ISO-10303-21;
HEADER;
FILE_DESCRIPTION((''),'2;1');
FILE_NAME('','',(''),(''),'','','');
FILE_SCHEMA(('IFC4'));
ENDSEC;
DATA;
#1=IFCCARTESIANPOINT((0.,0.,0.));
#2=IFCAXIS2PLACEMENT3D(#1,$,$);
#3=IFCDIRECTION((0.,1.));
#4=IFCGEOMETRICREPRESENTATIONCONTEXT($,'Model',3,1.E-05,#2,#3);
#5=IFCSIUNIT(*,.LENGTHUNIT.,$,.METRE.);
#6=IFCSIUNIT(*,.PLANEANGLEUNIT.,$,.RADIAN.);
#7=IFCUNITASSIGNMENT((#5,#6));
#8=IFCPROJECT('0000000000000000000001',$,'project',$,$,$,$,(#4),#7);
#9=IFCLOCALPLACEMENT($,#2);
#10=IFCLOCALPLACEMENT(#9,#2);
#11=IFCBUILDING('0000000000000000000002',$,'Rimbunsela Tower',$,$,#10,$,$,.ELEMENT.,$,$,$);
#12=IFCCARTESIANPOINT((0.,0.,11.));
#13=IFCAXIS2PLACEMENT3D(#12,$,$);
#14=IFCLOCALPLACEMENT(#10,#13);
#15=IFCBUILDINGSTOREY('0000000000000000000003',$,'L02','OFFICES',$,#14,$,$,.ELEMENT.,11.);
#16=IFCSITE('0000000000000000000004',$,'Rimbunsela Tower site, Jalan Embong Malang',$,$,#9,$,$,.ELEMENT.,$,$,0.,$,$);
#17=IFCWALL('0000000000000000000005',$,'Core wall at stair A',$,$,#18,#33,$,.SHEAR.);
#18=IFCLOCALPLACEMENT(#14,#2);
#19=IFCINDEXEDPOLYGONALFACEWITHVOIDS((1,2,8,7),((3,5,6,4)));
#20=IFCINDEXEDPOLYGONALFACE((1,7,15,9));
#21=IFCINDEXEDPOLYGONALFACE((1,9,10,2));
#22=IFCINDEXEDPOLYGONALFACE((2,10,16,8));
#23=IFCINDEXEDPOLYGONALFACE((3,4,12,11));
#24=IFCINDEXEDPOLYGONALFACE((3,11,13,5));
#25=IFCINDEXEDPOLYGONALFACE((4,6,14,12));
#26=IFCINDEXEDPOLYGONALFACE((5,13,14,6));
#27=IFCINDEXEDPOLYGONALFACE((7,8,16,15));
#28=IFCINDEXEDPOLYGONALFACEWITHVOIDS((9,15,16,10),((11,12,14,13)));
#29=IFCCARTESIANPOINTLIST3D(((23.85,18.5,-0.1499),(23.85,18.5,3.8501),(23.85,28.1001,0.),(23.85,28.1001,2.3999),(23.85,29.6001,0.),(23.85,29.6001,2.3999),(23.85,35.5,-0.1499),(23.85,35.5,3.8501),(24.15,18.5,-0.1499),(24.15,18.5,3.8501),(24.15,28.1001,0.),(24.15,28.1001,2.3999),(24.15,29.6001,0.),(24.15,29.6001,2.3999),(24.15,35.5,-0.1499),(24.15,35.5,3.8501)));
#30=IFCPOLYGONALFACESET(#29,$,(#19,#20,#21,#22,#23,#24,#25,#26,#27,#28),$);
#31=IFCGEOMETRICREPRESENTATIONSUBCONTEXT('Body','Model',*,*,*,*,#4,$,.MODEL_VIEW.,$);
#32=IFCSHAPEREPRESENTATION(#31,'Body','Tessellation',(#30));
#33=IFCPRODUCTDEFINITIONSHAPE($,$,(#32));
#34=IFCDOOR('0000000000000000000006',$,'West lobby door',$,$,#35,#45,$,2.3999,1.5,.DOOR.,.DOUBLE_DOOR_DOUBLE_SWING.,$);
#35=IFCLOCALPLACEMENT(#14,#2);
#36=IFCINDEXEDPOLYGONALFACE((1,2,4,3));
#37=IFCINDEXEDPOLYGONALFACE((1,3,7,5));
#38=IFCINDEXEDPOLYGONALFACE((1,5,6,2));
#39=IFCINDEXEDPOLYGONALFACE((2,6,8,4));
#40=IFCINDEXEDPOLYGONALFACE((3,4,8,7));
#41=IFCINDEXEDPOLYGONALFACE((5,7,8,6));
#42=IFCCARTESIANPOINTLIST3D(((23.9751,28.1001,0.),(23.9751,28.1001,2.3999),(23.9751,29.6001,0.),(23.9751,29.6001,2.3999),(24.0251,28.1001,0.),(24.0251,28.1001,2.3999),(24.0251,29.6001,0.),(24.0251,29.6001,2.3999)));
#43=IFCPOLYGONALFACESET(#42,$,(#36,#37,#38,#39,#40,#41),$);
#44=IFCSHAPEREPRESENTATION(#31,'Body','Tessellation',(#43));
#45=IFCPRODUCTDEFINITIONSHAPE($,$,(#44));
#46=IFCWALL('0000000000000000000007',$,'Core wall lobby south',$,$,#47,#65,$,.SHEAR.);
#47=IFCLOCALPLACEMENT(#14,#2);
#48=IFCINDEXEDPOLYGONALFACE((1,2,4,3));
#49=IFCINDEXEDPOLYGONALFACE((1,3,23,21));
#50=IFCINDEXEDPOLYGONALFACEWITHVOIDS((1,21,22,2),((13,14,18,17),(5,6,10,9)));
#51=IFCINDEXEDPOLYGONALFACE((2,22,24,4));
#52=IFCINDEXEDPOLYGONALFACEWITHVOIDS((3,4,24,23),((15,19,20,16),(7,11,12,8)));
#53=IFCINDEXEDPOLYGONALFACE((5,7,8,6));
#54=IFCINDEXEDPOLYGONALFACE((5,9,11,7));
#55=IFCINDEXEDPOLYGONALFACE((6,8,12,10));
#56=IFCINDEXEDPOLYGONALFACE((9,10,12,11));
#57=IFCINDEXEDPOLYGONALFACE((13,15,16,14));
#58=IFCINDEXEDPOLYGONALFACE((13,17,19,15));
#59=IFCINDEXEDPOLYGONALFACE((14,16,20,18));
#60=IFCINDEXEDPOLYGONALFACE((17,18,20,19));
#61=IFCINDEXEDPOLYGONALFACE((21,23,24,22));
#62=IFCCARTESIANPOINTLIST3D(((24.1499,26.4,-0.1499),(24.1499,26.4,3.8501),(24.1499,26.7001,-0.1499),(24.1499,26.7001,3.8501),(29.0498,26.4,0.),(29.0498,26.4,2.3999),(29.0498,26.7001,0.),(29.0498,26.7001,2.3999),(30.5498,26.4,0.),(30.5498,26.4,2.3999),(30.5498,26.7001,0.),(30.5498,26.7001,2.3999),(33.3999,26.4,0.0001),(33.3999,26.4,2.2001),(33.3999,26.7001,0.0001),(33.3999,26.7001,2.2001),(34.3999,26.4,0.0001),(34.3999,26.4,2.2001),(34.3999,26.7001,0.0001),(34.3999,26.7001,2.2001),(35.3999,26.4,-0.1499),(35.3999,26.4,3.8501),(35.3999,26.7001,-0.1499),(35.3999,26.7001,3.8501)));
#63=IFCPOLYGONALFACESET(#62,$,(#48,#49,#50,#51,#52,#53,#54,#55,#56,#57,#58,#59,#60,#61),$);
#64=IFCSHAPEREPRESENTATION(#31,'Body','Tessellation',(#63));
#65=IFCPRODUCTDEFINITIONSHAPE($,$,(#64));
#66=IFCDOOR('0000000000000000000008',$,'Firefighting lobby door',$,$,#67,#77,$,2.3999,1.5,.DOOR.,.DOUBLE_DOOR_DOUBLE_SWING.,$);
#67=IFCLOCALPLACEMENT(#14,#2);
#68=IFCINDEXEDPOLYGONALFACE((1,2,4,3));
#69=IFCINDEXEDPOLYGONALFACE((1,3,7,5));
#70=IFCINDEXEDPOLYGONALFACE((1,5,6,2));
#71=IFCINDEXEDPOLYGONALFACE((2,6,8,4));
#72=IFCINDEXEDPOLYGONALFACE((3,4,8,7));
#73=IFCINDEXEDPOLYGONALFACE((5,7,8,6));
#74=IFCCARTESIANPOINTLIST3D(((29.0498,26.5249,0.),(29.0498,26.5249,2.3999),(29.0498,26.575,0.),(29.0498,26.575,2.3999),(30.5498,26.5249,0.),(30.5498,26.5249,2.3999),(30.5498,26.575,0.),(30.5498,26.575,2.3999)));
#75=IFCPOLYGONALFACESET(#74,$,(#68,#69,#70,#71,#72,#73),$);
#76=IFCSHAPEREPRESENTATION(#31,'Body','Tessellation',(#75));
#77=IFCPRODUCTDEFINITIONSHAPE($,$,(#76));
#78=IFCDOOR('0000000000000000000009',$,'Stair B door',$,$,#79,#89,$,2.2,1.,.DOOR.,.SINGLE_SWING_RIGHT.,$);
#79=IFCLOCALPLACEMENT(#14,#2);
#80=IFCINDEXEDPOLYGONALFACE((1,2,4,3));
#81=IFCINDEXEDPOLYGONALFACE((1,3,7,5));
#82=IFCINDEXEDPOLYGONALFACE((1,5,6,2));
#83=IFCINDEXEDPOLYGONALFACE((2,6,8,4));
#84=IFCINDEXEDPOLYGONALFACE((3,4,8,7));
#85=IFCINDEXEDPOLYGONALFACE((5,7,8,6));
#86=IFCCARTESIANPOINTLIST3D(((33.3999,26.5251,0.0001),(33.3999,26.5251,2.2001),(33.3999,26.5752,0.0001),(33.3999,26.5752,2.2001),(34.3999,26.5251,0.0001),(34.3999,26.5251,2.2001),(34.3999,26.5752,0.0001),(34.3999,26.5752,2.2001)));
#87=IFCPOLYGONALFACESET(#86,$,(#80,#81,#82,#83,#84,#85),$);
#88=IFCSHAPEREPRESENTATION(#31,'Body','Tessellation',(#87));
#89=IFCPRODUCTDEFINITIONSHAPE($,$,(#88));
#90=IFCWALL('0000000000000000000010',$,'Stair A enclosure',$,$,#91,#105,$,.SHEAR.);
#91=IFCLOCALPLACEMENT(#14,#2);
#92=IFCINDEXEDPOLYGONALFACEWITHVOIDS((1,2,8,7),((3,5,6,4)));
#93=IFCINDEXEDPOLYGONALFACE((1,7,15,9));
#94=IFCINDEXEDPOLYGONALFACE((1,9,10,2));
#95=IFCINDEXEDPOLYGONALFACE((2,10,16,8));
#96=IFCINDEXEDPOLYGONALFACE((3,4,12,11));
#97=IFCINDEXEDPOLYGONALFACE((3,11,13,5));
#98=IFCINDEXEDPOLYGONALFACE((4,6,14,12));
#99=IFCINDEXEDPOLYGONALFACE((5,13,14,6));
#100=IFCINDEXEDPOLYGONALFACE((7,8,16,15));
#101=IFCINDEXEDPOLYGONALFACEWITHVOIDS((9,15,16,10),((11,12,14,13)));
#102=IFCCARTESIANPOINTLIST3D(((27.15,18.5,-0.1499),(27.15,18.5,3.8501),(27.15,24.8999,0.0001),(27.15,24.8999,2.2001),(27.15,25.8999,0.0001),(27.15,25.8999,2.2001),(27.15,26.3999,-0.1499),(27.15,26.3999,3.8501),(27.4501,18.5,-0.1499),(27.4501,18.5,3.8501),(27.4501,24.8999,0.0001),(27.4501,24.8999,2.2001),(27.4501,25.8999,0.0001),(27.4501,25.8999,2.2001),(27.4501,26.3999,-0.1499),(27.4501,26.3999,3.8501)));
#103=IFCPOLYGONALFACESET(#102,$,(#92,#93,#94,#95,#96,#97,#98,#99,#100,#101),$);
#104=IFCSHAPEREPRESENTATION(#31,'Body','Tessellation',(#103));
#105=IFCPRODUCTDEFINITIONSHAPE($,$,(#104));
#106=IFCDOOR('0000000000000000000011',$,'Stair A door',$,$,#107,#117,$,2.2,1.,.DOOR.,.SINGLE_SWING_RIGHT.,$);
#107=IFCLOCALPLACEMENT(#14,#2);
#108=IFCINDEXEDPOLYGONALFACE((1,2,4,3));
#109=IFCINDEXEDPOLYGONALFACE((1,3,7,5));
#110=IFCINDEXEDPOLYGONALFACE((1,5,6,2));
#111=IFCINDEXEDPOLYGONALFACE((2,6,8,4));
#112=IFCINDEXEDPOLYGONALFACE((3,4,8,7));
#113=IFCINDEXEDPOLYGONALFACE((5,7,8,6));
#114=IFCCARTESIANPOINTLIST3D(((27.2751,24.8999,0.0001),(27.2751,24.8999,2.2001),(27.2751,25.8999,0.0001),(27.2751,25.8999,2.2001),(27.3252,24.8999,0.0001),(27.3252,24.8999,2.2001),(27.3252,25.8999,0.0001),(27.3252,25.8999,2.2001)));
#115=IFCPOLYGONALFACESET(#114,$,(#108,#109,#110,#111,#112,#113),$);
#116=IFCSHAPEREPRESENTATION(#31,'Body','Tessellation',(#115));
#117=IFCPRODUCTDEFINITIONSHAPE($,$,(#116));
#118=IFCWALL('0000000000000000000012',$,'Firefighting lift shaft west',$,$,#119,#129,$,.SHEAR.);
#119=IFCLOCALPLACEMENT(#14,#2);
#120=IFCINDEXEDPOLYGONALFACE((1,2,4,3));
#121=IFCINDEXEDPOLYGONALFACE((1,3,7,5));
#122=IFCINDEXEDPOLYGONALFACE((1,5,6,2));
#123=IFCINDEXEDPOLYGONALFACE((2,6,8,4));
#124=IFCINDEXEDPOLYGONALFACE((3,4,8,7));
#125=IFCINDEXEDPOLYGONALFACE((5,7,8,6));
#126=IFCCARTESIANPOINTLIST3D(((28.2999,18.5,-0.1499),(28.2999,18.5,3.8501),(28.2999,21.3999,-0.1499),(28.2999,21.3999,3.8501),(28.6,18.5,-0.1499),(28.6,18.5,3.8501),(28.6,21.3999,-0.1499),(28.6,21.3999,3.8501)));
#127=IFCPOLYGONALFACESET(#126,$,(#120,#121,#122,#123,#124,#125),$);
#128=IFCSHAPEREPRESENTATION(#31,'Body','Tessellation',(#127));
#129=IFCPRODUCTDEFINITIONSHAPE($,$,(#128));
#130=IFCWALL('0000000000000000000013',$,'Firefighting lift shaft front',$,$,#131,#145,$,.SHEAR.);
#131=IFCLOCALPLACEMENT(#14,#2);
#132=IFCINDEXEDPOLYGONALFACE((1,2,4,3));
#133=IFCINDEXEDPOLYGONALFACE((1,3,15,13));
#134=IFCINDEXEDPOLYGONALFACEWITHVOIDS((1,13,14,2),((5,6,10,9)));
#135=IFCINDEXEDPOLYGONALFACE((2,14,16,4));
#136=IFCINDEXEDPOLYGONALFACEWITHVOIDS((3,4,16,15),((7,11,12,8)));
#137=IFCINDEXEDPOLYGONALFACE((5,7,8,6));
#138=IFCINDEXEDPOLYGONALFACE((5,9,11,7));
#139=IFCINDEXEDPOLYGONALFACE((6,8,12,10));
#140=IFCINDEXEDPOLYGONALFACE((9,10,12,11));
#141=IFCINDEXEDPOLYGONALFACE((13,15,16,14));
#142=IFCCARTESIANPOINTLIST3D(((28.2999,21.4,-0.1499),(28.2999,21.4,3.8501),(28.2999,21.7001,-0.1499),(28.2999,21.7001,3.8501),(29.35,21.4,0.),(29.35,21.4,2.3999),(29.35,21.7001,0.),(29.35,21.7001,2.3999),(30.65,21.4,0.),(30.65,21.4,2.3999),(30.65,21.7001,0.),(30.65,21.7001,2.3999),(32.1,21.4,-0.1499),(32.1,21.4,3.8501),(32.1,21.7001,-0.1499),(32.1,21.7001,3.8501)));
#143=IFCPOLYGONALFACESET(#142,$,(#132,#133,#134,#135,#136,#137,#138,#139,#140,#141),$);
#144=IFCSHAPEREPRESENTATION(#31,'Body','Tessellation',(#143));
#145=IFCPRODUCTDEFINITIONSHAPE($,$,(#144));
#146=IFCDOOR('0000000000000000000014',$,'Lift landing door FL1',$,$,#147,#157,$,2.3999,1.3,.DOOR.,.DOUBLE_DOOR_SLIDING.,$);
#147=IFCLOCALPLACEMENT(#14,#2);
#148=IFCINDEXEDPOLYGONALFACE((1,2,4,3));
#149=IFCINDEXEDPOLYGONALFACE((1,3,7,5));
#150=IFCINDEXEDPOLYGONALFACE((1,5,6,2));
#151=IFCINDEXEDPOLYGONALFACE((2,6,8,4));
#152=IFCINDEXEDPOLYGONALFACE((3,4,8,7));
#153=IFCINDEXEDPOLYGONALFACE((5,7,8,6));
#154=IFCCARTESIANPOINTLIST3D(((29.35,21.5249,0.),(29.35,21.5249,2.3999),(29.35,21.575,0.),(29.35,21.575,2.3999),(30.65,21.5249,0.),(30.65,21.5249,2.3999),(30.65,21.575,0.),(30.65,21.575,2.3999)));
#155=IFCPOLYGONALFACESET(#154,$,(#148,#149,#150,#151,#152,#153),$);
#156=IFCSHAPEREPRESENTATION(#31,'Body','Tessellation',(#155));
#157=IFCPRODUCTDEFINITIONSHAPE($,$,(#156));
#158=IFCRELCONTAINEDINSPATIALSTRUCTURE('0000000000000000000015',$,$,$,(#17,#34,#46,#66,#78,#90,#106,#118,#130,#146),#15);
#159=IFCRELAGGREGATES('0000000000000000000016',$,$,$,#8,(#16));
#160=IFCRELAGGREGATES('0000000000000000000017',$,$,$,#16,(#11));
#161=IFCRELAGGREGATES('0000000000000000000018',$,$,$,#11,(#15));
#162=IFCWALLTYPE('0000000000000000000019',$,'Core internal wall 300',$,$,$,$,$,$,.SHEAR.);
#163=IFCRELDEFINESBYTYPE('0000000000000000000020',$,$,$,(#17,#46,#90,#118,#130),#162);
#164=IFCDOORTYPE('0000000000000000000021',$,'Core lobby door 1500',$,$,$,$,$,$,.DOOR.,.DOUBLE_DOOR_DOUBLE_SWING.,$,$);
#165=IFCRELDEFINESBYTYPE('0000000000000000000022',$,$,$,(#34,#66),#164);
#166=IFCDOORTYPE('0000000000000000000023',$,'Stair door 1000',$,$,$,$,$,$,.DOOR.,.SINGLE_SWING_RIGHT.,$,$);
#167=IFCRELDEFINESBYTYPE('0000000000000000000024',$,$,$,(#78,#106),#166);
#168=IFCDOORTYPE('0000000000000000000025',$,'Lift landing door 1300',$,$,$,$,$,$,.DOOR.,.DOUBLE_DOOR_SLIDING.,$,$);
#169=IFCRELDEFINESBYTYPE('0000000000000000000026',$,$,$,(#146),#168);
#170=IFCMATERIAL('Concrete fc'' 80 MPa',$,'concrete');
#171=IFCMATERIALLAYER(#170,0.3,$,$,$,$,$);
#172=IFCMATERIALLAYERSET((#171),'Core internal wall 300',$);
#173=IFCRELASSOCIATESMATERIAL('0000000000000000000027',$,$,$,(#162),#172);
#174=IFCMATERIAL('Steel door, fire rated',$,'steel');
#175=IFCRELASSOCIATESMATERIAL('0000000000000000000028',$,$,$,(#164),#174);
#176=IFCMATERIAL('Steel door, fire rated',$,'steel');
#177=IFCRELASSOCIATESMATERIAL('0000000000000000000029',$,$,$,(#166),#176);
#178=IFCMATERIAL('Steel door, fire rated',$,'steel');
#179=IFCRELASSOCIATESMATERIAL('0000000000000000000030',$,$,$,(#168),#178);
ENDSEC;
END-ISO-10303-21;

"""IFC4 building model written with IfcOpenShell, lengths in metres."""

from ifc_helpers import new_model, si_unit, direction, frame, frame_2d, origin, place, context, subcontext, project, spatial, rectangle, extrude, material, layer, layer_set, type_object, element, fill, save


model = new_model("IFC4")

# Units and contexts
model_context = context("Model", 3, precision=1e-05, world=origin(), true_north=direction((0.0, 1.0)))
body_context = subcontext(model_context, "Body", "Model", "MODEL_VIEW")
ifc_project = project(units=[si_unit("LENGTHUNIT", "METRE"), si_unit("PLANEANGLEUNIT", "RADIAN")], contexts=[model_context])

# Site, building, storey
site_placement = place(None, origin())
site = spatial("IfcSite", under=ifc_project, at=site_placement, Name="Rimbunsela Tower site, Jalan Embong Malang", CompositionType="ELEMENT", RefElevation=0.0)
building_placement = place(site_placement, origin())
building = spatial("IfcBuilding", under=site, at=building_placement, Name="Rimbunsela Tower", CompositionType="ELEMENT")
storey_placement = place(building_placement, frame((0.0, 0.0, 11.0)))
storey = spatial("IfcBuildingStorey", under=building, at=storey_placement, Name="L02", Description="OFFICES", CompositionType="ELEMENT", Elevation=11.0)

# Wall, opening, door
ifc_material_1 = material(Name="Concrete fc' 80 MPa", Category="concrete")
ifc_layer_1 = layer(ifc_material_1, 0.3)
ifc_layer_set_1 = layer_set([ifc_layer_1], Name="Core internal wall 300")
wall_type_1 = type_object("IfcWallType", Name="Core internal wall 300", PredefinedType="SHEAR", material=ifc_layer_set_1)
wall_1_placement = place(storey_placement, frame((24.0, 18.5, -0.1499), z_axis=(0.0, 0.0, 1.0), x_axis=(0.0, 1.0, 0.0)))
wall_1 = element("IfcWall", 1, at=wall_1_placement, inside=storey, type_object=wall_type_1, Name="Core wall at stair A", PredefinedType="SHEAR", context=body_context, shape_type="SweptSolid", body=[
    extrude(rectangle(XDim=17.0, YDim=0.3, at=frame_2d((8.5, 0.0))), origin(), (0.0, 0.0, 1.0), 4.0),
])
opening_1_placement = place(wall_1_placement, frame((9.6001, 0.0, 0.1499)))
opening_1 = element("IfcOpeningElement", 2, at=opening_1_placement, cuts=wall_1, PredefinedType="OPENING", context=body_context, shape_type="SweptSolid", body=[
    extrude(rectangle(XDim=1.5, YDim=2.3999, at=frame_2d((0.75, 1.2))), frame((0.0, 0.1599, 0.0), z_axis=(0.0, -1.0, 0.0), x_axis=(1.0, 0.0, 0.0)), (0.0, 0.0, 1.0), 0.3201),
])
ifc_material_2 = material(Name="Steel door, fire rated", Category="steel")
door_type_1 = type_object("IfcDoorType", Name="Core lobby door 1500", OperationType="DOUBLE_DOOR_DOUBLE_SWING", PredefinedType="DOOR", material=ifc_material_2)
door_1_placement = place(opening_1_placement, origin())
door_1 = element("IfcDoor", 3, at=door_1_placement, inside=storey, type_object=door_type_1, Name="West lobby door", OperationType="DOUBLE_DOOR_DOUBLE_SWING", OverallHeight=2.3999, OverallWidth=1.5, PredefinedType="DOOR", context=body_context, shape_type="SweptSolid", body=[
    extrude(rectangle(XDim=1.5, YDim=2.3999, at=frame_2d((0.75, 1.2))), frame((0.0, 0.0249, 0.0), z_axis=(0.0, -1.0, 0.0), x_axis=(1.0, 0.0, 0.0)), (0.0, 0.0, 1.0), 0.05),
])
fill(opening_1, door_1)

# Wall, openings, doors
wall_2_placement = place(storey_placement, frame((24.1499, 26.55, -0.1499), z_axis=(0.0, 0.0, 1.0), x_axis=(1.0, 0.0, 0.0)))
wall_2 = element("IfcWall", 4, at=wall_2_placement, inside=storey, type_object=wall_type_1, Name="Core wall lobby south", PredefinedType="SHEAR", context=body_context, shape_type="SweptSolid", body=[
    extrude(rectangle(XDim=11.25, YDim=0.3, at=frame_2d((5.625, 0.0))), origin(), (0.0, 0.0, 1.0), 4.0),
])
opening_2_placement = place(wall_2_placement, frame((9.25, 0.0, 0.1499)))
opening_2 = element("IfcOpeningElement", 5, at=opening_2_placement, cuts=wall_2, PredefinedType="OPENING", context=body_context, shape_type="SweptSolid", body=[
    extrude(rectangle(XDim=1.0, YDim=2.2, at=frame_2d((0.5, 1.1001))), frame((0.0, 0.1599, 0.0), z_axis=(0.0, -1.0, 0.0), x_axis=(1.0, 0.0, 0.0)), (0.0, 0.0, 1.0), 0.3201),
])
opening_3_placement = place(wall_2_placement, frame((4.8999, 0.0, 0.1499)))
opening_3 = element("IfcOpeningElement", 6, at=opening_3_placement, cuts=wall_2, PredefinedType="OPENING", context=body_context, shape_type="SweptSolid", body=[
    extrude(rectangle(XDim=1.5, YDim=2.3999, at=frame_2d((0.75, 1.2))), frame((0.0, 0.1599, 0.0), z_axis=(0.0, -1.0, 0.0), x_axis=(1.0, 0.0, 0.0)), (0.0, 0.0, 1.0), 0.3201),
])
door_2_placement = place(opening_3_placement, origin())
door_2 = element("IfcDoor", 7, at=door_2_placement, inside=storey, type_object=door_type_1, Name="Firefighting lobby door", OperationType="DOUBLE_DOOR_DOUBLE_SWING", OverallHeight=2.3999, OverallWidth=1.5, PredefinedType="DOOR", context=body_context, shape_type="SweptSolid", body=[
    extrude(rectangle(XDim=1.5, YDim=2.3999, at=frame_2d((0.75, 1.2))), frame((0.0, 0.0249, 0.0), z_axis=(0.0, -1.0, 0.0), x_axis=(1.0, 0.0, 0.0)), (0.0, 0.0, 1.0), 0.05),
])
fill(opening_3, door_2)
ifc_material_3 = material(Name="Steel door, fire rated", Category="steel")
door_type_2 = type_object("IfcDoorType", Name="Stair door 1000", OperationType="SINGLE_SWING_RIGHT", PredefinedType="DOOR", material=ifc_material_3)
door_3_placement = place(opening_2_placement, frame((1.0, 0.0, 0.0), z_axis=(0.0, 0.0, 1.0), x_axis=(-1.0, 0.0, 0.0)))
door_3 = element("IfcDoor", 8, at=door_3_placement, inside=storey, type_object=door_type_2, Name="Stair B door", OperationType="SINGLE_SWING_RIGHT", OverallHeight=2.2, OverallWidth=1.0, PredefinedType="DOOR", context=body_context, shape_type="SweptSolid", body=[
    extrude(rectangle(XDim=1.0, YDim=2.2, at=frame_2d((0.5, 1.1001))), frame((0.0, 0.0249, 0.0), z_axis=(0.0, -1.0, 0.0), x_axis=(1.0, 0.0, 0.0)), (0.0, 0.0, 1.0), 0.05),
])
fill(opening_2, door_3)

# Wall, opening, door
wall_3_placement = place(storey_placement, frame((27.3, 18.5, -0.1499), z_axis=(0.0, 0.0, 1.0), x_axis=(0.0, 1.0, 0.0)))
wall_3 = element("IfcWall", 9, at=wall_3_placement, inside=storey, type_object=wall_type_1, Name="Stair A enclosure", PredefinedType="SHEAR", context=body_context, shape_type="SweptSolid", body=[
    extrude(rectangle(XDim=7.8999, YDim=0.3, at=frame_2d((3.95, 0.0))), origin(), (0.0, 0.0, 1.0), 4.0),
])
opening_4_placement = place(wall_3_placement, frame((6.3999, 0.0, 0.1499)))
opening_4 = element("IfcOpeningElement", 10, at=opening_4_placement, cuts=wall_3, PredefinedType="OPENING", context=body_context, shape_type="SweptSolid", body=[
    extrude(rectangle(XDim=1.0, YDim=2.2, at=frame_2d((0.5, 1.1001))), frame((0.0, 0.1599, 0.0), z_axis=(0.0, -1.0, 0.0), x_axis=(1.0, 0.0, 0.0)), (0.0, 0.0, 1.0), 0.3201),
])
door_4_placement = place(opening_4_placement, origin())
door_4 = element("IfcDoor", 11, at=door_4_placement, inside=storey, type_object=door_type_2, Name="Stair A door", OperationType="SINGLE_SWING_RIGHT", OverallHeight=2.2, OverallWidth=1.0, PredefinedType="DOOR", context=body_context, shape_type="SweptSolid", body=[
    extrude(rectangle(XDim=1.0, YDim=2.2, at=frame_2d((0.5, 1.1001))), frame((0.0, 0.0249, 0.0), z_axis=(0.0, -1.0, 0.0), x_axis=(1.0, 0.0, 0.0)), (0.0, 0.0, 1.0), 0.05),
])
fill(opening_4, door_4)

# Wall
wall_4_placement = place(storey_placement, frame((28.45, 18.5, -0.1499), z_axis=(0.0, 0.0, 1.0), x_axis=(0.0, 1.0, 0.0)))
element("IfcWall", 12, at=wall_4_placement, inside=storey, type_object=wall_type_1, Name="Firefighting lift shaft west", PredefinedType="SHEAR", context=body_context, shape_type="SweptSolid", body=[
    extrude(rectangle(XDim=2.8999, YDim=0.3, at=frame_2d((1.45, 0.0))), origin(), (0.0, 0.0, 1.0), 4.0),
])

# Wall, opening, door
wall_5_placement = place(storey_placement, frame((28.3, 21.55, -0.1499), z_axis=(0.0, 0.0, 1.0), x_axis=(1.0, 0.0, 0.0)))
wall_5 = element("IfcWall", 13, at=wall_5_placement, inside=storey, type_object=wall_type_1, Name="Firefighting lift shaft front", PredefinedType="SHEAR", context=body_context, shape_type="SweptSolid", body=[
    extrude(rectangle(XDim=3.8, YDim=0.3, at=frame_2d((1.8999, 0.0))), origin(), (0.0, 0.0, 1.0), 4.0),
])
opening_5_placement = place(wall_5_placement, frame((1.05, 0.0, 0.1499)))
opening_5 = element("IfcOpeningElement", 14, at=opening_5_placement, cuts=wall_5, PredefinedType="OPENING", context=body_context, shape_type="SweptSolid", body=[
    extrude(rectangle(XDim=1.3, YDim=2.3999, at=frame_2d((0.6499, 1.2))), frame((0.0, 0.1599, 0.0), z_axis=(0.0, -1.0, 0.0), x_axis=(1.0, 0.0, 0.0)), (0.0, 0.0, 1.0), 0.3201),
])
ifc_material_4 = material(Name="Steel door, fire rated", Category="steel")
door_type_3 = type_object("IfcDoorType", Name="Lift landing door 1300", OperationType="DOUBLE_DOOR_SLIDING", PredefinedType="DOOR", material=ifc_material_4)
door_5_placement = place(opening_5_placement, origin())
door_5 = element("IfcDoor", 15, at=door_5_placement, inside=storey, type_object=door_type_3, Name="Lift landing door FL1", OperationType="DOUBLE_DOOR_SLIDING", OverallHeight=2.3999, OverallWidth=1.3, PredefinedType="DOOR", context=body_context, shape_type="SweptSolid", body=[
    extrude(rectangle(XDim=1.3, YDim=2.3999, at=frame_2d((0.6499, 1.2))), frame((0.0, 0.0249, 0.0), z_axis=(0.0, -1.0, 0.0), x_axis=(1.0, 0.0, 0.0)), (0.0, 0.0, 1.0), 0.05),
])
fill(opening_5, door_5)

save(model, "model.ifc")
